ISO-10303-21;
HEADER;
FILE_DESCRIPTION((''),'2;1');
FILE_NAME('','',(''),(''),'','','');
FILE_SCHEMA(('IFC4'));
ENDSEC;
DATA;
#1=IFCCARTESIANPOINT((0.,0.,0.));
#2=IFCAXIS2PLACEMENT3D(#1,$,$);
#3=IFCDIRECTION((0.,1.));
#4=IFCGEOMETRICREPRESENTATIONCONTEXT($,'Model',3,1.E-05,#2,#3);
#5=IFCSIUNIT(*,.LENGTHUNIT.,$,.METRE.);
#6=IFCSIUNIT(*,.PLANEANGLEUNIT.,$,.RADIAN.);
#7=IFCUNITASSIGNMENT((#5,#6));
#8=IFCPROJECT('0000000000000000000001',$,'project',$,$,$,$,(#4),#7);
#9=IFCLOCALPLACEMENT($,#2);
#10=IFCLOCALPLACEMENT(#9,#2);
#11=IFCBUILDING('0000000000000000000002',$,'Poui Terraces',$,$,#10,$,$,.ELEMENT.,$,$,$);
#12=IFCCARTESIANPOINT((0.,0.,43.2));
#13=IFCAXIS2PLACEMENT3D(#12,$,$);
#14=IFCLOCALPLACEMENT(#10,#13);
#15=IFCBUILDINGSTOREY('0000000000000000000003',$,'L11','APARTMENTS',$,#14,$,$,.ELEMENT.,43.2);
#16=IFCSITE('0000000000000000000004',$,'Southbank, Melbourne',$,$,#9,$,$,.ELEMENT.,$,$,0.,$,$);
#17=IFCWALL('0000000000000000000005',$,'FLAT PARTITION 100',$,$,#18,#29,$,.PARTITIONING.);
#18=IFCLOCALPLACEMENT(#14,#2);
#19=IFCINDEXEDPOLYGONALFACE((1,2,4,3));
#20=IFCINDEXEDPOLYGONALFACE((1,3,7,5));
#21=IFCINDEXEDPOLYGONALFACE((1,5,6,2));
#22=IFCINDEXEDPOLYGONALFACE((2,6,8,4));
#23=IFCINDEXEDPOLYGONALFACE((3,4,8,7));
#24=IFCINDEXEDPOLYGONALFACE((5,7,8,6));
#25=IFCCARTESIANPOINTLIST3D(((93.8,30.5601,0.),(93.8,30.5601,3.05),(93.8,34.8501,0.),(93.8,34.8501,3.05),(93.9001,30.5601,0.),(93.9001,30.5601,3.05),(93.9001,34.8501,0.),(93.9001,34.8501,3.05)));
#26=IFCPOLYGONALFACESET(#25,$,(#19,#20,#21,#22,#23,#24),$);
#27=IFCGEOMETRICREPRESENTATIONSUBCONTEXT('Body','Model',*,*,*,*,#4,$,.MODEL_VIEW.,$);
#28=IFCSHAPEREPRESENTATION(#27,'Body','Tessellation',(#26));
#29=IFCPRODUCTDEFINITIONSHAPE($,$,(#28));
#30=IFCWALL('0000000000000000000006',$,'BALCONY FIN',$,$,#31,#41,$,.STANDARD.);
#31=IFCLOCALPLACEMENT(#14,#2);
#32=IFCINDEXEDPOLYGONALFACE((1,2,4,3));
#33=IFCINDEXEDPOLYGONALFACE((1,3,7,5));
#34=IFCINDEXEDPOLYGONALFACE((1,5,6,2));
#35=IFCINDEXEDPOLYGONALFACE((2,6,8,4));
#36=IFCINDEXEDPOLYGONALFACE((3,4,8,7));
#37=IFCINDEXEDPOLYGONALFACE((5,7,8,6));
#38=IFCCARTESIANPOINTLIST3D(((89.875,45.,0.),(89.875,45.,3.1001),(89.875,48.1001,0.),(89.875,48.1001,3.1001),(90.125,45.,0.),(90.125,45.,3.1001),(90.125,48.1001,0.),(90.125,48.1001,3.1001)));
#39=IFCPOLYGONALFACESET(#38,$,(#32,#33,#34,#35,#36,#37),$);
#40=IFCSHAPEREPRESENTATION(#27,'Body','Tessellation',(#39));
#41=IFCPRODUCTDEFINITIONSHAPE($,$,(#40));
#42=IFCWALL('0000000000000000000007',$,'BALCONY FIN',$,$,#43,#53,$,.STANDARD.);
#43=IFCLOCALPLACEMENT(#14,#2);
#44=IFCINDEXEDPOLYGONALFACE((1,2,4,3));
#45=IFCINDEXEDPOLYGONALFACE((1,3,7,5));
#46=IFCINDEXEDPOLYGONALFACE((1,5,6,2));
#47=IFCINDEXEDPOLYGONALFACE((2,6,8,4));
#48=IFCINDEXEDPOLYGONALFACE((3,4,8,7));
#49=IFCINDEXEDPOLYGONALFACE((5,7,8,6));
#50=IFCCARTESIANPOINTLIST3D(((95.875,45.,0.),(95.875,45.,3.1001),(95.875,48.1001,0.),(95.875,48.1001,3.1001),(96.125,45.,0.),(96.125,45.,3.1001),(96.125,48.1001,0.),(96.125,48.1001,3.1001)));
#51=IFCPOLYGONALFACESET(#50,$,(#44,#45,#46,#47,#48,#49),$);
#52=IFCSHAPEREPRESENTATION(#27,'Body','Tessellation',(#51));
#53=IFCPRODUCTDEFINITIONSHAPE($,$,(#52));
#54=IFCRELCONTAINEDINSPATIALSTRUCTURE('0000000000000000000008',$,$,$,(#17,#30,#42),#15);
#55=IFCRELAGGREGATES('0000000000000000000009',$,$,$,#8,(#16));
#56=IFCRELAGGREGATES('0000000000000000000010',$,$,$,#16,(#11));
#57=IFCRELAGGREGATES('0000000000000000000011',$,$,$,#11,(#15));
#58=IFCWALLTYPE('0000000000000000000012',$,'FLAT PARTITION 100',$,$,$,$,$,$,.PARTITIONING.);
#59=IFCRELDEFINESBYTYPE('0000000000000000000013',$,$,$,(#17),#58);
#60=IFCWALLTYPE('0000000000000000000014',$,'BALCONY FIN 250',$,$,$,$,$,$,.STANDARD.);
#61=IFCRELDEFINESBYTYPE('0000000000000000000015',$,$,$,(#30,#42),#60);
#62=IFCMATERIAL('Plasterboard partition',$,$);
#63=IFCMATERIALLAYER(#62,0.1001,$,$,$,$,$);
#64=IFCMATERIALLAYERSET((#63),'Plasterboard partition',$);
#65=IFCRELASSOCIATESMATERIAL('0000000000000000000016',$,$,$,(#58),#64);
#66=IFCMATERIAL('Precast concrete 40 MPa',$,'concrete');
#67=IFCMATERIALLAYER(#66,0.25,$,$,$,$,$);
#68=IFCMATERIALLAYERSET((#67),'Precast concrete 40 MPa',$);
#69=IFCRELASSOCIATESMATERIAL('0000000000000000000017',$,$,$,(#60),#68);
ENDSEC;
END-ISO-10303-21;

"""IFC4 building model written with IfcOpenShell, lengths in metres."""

from ifc_helpers import new_model, si_unit, direction, frame, frame_2d, origin, place, context, subcontext, project, spatial, polyline, rectangle, outline, extrude, source, transform, mapped, material, layer, layer_set, type_object, element, save


model = new_model("IFC4")

# Units and contexts
model_context = context("Model", 3, precision=1e-05, world=origin(), true_north=direction((0.0, 1.0)))
body_context = subcontext(model_context, "Body", "Model", "MODEL_VIEW")
ifc_project = project(units=[si_unit("LENGTHUNIT", "METRE"), si_unit("PLANEANGLEUNIT", "RADIAN")], contexts=[model_context])

# Site, building, storey
site_placement = place(None, origin())
site = spatial("IfcSite", under=ifc_project, at=site_placement, Name="Southbank, Melbourne", CompositionType="ELEMENT", RefElevation=0.0)
building_placement = place(site_placement, origin())
building = spatial("IfcBuilding", under=site, at=building_placement, Name="Poui Terraces", CompositionType="ELEMENT")
storey_placement = place(building_placement, frame((0.0, 0.0, 43.2)))
storey = spatial("IfcBuildingStorey", under=building, at=storey_placement, Name="L11", Description="APARTMENTS", CompositionType="ELEMENT", Elevation=43.2)

# Shared definitions
ifc_material_1 = material(Name="Plasterboard partition")
ifc_layer_1 = layer(ifc_material_1, 0.1001)
ifc_layer_set_1 = layer_set([ifc_layer_1], Name="Plasterboard partition")
wall_type_1 = type_object("IfcWallType", Name="FLAT PARTITION 100", PredefinedType="PARTITIONING", material=ifc_layer_set_1)

# Walls
wall_1_placement = place(storey_placement, frame((93.8501, 30.5601, 0.0), z_axis=(0.0, 0.0, 1.0), x_axis=(0.0, 1.0, 0.0)))
element("IfcWall", 1, at=wall_1_placement, inside=storey, type_object=wall_type_1, Name="FLAT PARTITION 100", PredefinedType="PARTITIONING", context=body_context, shape_type="SweptSolid", body=[
    extrude(rectangle(XDim=4.29, YDim=0.1001, at=frame_2d((2.145, 0.0))), origin(), (0.0, 0.0, 1.0), 3.05),
])
ifc_material_2 = material(Name="Precast concrete 40 MPa", Category="concrete")
ifc_layer_2 = layer(ifc_material_2, 0.25)
ifc_layer_set_2 = layer_set([ifc_layer_2], Name="Precast concrete 40 MPa")
wall_type_2 = type_object("IfcWallType", Name="BALCONY FIN 250", PredefinedType="STANDARD", material=ifc_layer_set_2)
shared_shape_1 = source(origin(), body_context, "Body", "SweptSolid", [
    extrude(outline(polyline([(0.0, 0.0), (0.25, 0.0), (0.25, 3.1001), (0.0, 3.1001), (0.0, 0.0)])), origin(), (0.0, 0.0, 1.0), 3.1001),
])
for number, where, name in (
    (2, (89.875, 45.0, 0.0), "BALCONY FIN"),
    (3, (95.875, 45.0, 0.0), "BALCONY FIN"),
):
    element("IfcWall", number, at=place(storey_placement, frame(where)), inside=storey, type_object=wall_type_2, Name=name, PredefinedType="STANDARD", context=body_context, shape_type="MappedRepresentation", body=[
        mapped(shared_shape_1, transform((0.0, 0.0, 0.0))),
    ])

save(model, "model.ifc")
